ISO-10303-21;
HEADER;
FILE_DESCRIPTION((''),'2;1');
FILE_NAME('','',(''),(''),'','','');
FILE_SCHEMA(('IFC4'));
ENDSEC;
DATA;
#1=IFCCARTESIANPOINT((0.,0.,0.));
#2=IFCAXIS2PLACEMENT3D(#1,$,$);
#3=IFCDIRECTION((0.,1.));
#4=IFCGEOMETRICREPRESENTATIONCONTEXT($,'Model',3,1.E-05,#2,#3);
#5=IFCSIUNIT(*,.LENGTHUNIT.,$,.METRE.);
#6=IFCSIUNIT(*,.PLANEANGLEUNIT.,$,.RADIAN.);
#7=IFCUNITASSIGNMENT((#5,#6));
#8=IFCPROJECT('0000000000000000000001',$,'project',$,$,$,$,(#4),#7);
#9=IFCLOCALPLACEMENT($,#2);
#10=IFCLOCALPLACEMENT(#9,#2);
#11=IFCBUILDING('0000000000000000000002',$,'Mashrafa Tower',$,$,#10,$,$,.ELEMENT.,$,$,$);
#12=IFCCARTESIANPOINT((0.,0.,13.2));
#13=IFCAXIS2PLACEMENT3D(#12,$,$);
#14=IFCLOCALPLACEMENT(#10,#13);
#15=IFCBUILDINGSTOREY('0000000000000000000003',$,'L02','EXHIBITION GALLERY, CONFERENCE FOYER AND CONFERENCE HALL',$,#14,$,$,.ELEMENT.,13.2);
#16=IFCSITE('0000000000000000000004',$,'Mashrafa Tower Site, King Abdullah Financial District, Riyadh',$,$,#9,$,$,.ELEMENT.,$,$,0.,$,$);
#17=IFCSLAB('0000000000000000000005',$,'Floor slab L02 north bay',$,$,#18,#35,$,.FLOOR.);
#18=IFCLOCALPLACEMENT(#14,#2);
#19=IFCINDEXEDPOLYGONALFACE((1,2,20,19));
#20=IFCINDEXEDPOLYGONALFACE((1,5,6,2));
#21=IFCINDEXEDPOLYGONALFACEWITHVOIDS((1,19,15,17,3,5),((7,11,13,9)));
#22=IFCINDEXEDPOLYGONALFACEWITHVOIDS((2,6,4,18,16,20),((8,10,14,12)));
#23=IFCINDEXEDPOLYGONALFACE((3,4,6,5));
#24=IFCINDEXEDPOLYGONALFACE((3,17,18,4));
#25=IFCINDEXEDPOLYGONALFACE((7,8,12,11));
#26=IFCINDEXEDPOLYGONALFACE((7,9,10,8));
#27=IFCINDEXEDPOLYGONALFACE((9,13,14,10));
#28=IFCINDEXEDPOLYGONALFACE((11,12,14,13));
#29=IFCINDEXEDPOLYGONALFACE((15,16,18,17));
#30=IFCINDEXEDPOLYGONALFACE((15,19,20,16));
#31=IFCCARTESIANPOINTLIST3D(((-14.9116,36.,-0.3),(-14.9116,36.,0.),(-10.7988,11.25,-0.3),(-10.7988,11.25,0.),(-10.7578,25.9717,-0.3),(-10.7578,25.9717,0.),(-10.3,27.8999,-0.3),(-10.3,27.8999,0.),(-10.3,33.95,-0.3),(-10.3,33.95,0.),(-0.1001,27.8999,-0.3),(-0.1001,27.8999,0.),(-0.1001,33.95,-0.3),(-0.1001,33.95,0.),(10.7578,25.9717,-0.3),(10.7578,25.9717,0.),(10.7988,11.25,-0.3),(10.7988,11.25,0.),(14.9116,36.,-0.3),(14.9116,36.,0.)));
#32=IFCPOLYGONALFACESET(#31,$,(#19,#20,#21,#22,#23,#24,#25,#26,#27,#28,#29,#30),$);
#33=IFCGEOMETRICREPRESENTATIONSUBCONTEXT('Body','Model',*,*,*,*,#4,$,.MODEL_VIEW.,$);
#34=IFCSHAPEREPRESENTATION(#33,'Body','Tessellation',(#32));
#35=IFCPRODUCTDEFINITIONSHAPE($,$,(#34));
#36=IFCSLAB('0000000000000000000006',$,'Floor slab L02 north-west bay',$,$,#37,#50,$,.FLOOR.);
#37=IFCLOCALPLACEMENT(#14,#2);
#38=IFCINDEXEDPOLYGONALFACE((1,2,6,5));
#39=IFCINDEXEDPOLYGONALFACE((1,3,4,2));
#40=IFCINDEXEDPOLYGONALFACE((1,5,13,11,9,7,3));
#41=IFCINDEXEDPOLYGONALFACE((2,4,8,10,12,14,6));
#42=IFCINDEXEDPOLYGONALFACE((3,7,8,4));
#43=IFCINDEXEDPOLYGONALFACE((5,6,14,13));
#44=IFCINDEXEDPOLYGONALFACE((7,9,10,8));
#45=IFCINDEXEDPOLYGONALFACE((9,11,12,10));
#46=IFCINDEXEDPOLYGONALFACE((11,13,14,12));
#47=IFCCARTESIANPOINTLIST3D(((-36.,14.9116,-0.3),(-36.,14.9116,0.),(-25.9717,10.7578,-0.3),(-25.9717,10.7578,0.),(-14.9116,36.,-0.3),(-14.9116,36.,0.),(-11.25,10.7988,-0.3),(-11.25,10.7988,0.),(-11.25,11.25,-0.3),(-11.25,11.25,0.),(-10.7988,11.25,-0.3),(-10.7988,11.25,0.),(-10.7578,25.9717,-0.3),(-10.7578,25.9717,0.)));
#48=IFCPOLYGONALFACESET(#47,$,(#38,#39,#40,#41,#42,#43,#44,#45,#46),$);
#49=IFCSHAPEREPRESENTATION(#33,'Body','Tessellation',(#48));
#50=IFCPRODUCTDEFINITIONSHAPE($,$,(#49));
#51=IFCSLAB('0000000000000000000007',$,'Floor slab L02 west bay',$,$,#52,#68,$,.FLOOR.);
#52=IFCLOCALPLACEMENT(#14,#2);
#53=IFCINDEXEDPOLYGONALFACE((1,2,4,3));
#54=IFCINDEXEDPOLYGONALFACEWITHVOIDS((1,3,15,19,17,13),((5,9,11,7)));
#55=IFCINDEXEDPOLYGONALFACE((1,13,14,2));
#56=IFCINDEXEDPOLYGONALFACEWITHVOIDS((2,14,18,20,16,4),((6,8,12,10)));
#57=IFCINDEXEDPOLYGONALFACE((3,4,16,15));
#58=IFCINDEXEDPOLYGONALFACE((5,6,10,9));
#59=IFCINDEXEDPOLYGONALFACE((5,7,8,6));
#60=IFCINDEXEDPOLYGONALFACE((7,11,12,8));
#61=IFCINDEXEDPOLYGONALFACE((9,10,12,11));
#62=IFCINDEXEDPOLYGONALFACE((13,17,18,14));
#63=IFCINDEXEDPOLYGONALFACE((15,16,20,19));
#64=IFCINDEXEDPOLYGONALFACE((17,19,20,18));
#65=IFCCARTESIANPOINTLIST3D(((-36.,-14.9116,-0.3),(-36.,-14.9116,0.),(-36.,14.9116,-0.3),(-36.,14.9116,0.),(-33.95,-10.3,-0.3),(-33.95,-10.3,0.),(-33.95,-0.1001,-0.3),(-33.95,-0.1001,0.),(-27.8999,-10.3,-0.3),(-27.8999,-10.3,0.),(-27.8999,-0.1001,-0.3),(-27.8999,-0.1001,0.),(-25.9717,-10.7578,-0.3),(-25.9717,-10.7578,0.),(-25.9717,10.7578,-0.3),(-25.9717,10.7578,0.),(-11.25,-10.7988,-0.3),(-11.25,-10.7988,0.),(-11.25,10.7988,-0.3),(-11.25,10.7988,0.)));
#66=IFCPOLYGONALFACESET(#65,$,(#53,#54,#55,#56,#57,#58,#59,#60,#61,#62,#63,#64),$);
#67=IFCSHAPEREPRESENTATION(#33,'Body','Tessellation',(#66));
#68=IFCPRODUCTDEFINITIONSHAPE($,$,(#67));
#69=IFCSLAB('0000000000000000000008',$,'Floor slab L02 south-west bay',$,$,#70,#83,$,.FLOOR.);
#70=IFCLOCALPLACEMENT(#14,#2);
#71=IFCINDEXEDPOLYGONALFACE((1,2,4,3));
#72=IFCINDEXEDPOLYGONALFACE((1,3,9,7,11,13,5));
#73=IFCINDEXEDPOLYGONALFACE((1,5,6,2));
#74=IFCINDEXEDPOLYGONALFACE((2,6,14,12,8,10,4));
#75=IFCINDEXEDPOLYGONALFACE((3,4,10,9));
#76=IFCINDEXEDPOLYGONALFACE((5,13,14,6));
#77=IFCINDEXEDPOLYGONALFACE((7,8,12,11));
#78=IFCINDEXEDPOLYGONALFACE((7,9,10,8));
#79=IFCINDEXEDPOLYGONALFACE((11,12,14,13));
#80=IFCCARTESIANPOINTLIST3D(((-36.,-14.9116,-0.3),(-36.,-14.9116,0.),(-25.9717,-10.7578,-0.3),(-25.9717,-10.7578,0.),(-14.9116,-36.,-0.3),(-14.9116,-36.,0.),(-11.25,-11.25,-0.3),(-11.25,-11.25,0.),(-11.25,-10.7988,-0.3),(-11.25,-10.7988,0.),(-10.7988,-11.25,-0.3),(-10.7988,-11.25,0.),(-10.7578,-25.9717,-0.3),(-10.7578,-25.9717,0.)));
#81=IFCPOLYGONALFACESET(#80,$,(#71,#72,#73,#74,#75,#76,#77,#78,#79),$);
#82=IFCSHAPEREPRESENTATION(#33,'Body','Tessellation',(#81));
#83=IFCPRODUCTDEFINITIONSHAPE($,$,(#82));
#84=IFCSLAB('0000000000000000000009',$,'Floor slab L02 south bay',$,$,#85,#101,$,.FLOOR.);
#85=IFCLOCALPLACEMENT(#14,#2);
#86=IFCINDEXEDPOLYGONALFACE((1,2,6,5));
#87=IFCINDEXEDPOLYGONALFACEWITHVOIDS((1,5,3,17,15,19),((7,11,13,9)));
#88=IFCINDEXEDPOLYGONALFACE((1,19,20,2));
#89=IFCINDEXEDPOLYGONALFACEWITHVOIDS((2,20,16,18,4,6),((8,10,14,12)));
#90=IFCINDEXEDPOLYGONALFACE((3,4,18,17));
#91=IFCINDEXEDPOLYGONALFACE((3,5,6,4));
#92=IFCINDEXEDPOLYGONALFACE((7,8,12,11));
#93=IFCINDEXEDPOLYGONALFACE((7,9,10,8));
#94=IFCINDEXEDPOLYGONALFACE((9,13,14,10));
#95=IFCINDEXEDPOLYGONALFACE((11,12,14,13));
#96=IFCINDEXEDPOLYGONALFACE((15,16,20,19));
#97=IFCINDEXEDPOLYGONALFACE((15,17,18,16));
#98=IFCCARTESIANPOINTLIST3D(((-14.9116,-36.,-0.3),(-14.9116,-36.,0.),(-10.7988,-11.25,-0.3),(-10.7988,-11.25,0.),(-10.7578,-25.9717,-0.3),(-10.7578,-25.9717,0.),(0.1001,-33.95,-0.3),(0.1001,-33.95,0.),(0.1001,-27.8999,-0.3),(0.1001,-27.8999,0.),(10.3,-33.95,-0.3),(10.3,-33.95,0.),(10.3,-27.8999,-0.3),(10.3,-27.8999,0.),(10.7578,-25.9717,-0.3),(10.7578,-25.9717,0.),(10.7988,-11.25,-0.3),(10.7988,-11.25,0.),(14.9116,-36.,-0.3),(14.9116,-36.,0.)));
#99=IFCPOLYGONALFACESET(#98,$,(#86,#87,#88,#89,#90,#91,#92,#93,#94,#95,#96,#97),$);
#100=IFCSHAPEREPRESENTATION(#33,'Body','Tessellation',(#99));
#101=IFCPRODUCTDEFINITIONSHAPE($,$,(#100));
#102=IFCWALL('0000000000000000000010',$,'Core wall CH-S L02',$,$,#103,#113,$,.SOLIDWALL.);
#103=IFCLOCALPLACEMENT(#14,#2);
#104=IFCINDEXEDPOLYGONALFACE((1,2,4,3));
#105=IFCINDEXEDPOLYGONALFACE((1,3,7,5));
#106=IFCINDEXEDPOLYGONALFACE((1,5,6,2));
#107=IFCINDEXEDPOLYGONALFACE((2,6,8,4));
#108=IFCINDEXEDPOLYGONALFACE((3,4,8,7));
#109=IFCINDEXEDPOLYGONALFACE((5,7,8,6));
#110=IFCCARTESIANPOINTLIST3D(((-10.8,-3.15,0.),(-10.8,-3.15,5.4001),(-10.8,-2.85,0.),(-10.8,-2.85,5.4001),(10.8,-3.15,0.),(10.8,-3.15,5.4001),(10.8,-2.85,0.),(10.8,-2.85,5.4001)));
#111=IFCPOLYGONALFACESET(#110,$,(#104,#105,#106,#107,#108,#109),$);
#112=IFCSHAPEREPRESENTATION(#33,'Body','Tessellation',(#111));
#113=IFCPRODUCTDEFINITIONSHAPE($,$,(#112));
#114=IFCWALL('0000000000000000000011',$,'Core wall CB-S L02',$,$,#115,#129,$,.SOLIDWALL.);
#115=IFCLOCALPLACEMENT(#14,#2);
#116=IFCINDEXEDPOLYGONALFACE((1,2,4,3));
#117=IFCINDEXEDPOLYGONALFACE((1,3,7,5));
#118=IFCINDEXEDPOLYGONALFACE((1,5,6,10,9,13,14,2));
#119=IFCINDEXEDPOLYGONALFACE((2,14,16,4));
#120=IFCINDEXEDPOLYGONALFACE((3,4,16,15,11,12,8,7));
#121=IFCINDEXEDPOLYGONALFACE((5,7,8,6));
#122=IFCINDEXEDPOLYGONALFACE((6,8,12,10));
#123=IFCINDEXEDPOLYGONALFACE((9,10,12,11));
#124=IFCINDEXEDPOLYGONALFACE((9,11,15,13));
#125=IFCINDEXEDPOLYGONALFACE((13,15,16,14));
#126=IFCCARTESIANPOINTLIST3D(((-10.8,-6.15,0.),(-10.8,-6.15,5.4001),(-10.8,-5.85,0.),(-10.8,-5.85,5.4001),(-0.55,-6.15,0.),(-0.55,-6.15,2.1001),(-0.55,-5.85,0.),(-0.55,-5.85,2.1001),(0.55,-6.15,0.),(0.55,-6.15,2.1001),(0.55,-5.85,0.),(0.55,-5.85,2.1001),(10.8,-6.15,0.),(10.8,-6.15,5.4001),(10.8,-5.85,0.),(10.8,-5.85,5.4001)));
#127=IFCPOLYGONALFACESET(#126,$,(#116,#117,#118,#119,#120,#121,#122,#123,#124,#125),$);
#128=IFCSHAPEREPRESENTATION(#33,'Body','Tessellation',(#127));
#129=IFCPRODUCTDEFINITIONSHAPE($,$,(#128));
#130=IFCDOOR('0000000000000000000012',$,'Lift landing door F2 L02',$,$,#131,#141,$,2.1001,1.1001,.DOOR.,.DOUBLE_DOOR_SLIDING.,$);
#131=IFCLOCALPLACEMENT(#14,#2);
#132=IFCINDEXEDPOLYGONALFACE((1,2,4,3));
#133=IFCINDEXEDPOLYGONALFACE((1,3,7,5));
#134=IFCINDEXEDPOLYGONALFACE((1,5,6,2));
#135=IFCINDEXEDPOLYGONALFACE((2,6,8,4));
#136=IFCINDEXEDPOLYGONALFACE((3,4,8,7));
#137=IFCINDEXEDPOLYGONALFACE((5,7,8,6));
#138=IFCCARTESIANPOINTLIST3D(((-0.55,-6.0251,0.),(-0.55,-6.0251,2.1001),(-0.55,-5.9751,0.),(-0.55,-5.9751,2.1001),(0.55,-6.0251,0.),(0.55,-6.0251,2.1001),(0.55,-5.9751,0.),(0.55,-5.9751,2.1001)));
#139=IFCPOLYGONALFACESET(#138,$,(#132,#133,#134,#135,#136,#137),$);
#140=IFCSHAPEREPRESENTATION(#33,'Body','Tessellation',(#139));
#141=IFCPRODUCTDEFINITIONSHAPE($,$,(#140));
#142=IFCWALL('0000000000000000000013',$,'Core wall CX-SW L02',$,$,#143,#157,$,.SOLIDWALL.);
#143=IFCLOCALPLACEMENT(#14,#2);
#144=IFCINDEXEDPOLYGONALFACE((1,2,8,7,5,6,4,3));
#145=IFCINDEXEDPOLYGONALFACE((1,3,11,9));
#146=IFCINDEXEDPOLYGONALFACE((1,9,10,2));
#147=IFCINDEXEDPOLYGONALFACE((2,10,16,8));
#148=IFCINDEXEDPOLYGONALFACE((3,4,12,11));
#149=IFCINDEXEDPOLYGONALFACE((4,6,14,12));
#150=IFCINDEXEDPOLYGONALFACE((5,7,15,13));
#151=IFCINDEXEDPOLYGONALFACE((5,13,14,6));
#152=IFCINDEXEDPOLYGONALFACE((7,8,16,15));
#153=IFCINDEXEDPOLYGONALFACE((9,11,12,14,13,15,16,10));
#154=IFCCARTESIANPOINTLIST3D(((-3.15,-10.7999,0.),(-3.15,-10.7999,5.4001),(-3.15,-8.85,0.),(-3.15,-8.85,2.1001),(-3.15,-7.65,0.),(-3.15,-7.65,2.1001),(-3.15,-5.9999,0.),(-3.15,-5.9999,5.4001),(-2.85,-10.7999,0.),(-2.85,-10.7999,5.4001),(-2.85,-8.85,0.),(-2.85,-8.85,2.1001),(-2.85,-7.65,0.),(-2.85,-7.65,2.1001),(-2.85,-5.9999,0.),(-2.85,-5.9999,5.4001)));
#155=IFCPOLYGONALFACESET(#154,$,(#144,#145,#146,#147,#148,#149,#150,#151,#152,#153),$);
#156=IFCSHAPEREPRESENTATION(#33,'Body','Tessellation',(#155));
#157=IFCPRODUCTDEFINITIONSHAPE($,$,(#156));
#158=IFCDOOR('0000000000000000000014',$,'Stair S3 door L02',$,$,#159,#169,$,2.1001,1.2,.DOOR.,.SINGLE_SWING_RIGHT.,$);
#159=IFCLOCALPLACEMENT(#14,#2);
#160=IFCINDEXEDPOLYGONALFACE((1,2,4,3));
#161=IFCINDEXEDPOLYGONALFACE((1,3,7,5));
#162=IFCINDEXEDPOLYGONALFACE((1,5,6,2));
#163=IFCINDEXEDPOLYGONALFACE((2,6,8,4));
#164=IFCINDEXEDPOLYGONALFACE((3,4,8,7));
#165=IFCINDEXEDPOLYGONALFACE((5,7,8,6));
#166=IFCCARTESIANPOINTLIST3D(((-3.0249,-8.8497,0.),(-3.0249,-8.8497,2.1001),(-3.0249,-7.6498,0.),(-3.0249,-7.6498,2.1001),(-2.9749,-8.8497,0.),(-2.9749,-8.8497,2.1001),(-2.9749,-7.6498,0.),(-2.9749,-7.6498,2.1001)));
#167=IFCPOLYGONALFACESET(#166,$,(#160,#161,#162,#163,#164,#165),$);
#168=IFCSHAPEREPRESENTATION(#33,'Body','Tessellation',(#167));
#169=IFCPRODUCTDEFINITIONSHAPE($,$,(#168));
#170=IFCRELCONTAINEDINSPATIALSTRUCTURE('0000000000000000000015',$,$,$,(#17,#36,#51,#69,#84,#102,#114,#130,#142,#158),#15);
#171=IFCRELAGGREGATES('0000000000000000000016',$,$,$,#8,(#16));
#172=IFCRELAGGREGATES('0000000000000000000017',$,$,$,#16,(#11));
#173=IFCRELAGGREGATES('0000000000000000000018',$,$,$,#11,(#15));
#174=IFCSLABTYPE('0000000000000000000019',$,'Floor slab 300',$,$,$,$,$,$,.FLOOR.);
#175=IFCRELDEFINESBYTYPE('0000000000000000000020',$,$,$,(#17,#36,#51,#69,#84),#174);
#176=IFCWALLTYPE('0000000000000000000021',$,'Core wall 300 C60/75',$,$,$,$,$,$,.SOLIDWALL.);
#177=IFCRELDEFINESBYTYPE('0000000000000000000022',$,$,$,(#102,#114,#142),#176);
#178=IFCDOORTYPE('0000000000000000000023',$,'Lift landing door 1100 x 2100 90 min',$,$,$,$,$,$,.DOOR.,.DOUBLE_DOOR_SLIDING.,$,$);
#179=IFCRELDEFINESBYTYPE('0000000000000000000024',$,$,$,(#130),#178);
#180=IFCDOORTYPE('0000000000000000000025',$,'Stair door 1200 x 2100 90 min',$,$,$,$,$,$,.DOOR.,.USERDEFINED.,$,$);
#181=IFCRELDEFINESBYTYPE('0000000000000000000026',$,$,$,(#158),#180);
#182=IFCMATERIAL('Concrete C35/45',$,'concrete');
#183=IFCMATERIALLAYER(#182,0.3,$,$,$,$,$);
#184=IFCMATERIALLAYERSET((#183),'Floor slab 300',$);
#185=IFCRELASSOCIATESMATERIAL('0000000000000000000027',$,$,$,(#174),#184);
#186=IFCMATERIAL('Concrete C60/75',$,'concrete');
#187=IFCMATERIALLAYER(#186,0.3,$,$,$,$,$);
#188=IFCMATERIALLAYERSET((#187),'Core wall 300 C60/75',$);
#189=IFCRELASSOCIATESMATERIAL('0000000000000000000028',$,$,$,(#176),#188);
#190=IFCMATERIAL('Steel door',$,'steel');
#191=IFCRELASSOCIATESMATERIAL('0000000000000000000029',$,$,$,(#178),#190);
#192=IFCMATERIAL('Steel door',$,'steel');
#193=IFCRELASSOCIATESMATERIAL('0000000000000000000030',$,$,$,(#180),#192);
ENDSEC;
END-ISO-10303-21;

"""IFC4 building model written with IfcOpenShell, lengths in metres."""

from ifc_helpers import new_model, si_unit, direction, frame, frame_2d, origin, place, context, subcontext, project, spatial, polyline, rectangle, outline, extrude, material, layer, layer_set, type_object, element, fill, save


model = new_model("IFC4")

# Units and contexts
model_context = context("Model", 3, precision=1e-05, world=origin(), true_north=direction((0.0, 1.0)))
body_context = subcontext(model_context, "Body", "Model", "MODEL_VIEW")
ifc_project = project(units=[si_unit("LENGTHUNIT", "METRE"), si_unit("PLANEANGLEUNIT", "RADIAN")], contexts=[model_context])

# Site, building, storey
site_placement = place(None, origin())
site = spatial("IfcSite", under=ifc_project, at=site_placement, Name="Mashrafa Tower Site, King Abdullah Financial District, Riyadh", CompositionType="ELEMENT", RefElevation=0.0)
building_placement = place(site_placement, origin())
building = spatial("IfcBuilding", under=site, at=building_placement, Name="Mashrafa Tower", CompositionType="ELEMENT")
storey_placement = place(building_placement, frame((0.0, 0.0, 13.2)))
storey = spatial("IfcBuildingStorey", under=building, at=storey_placement, Name="L02", Description="EXHIBITION GALLERY, CONFERENCE FOYER AND CONFERENCE HALL", CompositionType="ELEMENT", Elevation=13.2)

# Slabs
ifc_material_1 = material(Name="Concrete C35/45", Category="concrete")
ifc_layer_1 = layer(ifc_material_1, 0.3)
ifc_layer_set_1 = layer_set([ifc_layer_1], Name="Floor slab 300")
slab_type = type_object("IfcSlabType", Name="Floor slab 300", PredefinedType="FLOOR", material=ifc_layer_set_1)
slab_1_placement = place(storey_placement, frame((0.0, 0.0, -0.3)))
element("IfcSlab", 1, at=slab_1_placement, inside=storey, type_object=slab_type, Name="Floor slab L02 north bay", PredefinedType="FLOOR", context=body_context, shape_type="SweptSolid", body=[
    extrude(outline(polyline([(-14.9116, 36.0), (14.9116, 36.0), (14.9116, 36.0), (10.7578, 25.9717), (10.7988, 11.25), (-10.7988, 11.25), (-10.7578, 25.9717), (-14.9116, 36.0), (-14.9116, 36.0)]), holes=[polyline([(-0.1001, 27.8999), (-0.1001, 33.95), (-10.3, 33.95), (-10.3, 27.8999), (-0.1001, 27.8999)])]), origin(), (0.0, 0.0, 1.0), 0.3),
])
slab_2_placement = place(storey_placement, frame((0.0, 0.0, -0.3)))
element("IfcSlab", 2, at=slab_2_placement, inside=storey, type_object=slab_type, Name="Floor slab L02 north-west bay", PredefinedType="FLOOR", context=body_context, shape_type="SweptSolid", body=[
    extrude(outline(polyline([(-14.9116, 36.0), (-10.7578, 25.9717), (-10.7988, 11.25), (-11.25, 11.25), (-11.25, 10.7988), (-25.9717, 10.7578), (-36.0, 14.9116), (-14.9116, 36.0)])), origin(), (0.0, 0.0, 1.0), 0.3),
])
slab_3_placement = place(storey_placement, frame((0.0, 0.0, -0.3)))
element("IfcSlab", 3, at=slab_3_placement, inside=storey, type_object=slab_type, Name="Floor slab L02 west bay", PredefinedType="FLOOR", context=body_context, shape_type="SweptSolid", body=[
    extrude(outline(polyline([(-36.0, -14.9116), (-36.0, 14.9116), (-36.0, 14.9116), (-25.9717, 10.7578), (-11.25, 10.7988), (-11.25, -10.7988), (-25.9717, -10.7578), (-36.0, -14.9116), (-36.0, -14.9116)]), holes=[polyline([(-27.8999, -10.3), (-27.8999, -0.1001), (-33.95, -0.1001), (-33.95, -10.3), (-27.8999, -10.3)])]), origin(), (0.0, 0.0, 1.0), 0.3),
])
slab_4_placement = place(storey_placement, frame((0.0, 0.0, -0.3)))
element("IfcSlab", 4, at=slab_4_placement, inside=storey, type_object=slab_type, Name="Floor slab L02 south-west bay", PredefinedType="FLOOR", context=body_context, shape_type="SweptSolid", body=[
    extrude(outline(polyline([(-36.0, -14.9116), (-25.9717, -10.7578), (-11.25, -10.7988), (-11.25, -11.25), (-10.7988, -11.25), (-10.7578, -25.9717), (-14.9116, -36.0), (-36.0, -14.9116)])), origin(), (0.0, 0.0, 1.0), 0.3),
])
slab_5_placement = place(storey_placement, frame((0.0, 0.0, -0.3)))
element("IfcSlab", 5, at=slab_5_placement, inside=storey, type_object=slab_type, Name="Floor slab L02 south bay", PredefinedType="FLOOR", context=body_context, shape_type="SweptSolid", body=[
    extrude(outline(polyline([(-14.9116, -36.0), (-14.9116, -36.0), (-10.7578, -25.9717), (-10.7988, -11.25), (10.7988, -11.25), (10.7578, -25.9717), (14.9116, -36.0), (14.9116, -36.0), (-14.9116, -36.0)]), holes=[polyline([(10.3, -33.95), (10.3, -27.8999), (0.1001, -27.8999), (0.1001, -33.95), (10.3, -33.95)])]), origin(), (0.0, 0.0, 1.0), 0.3),
])

# Wall
ifc_material_2 = material(Name="Concrete C60/75", Category="concrete")
ifc_layer_2 = layer(ifc_material_2, 0.3)
ifc_layer_set_2 = layer_set([ifc_layer_2], Name="Core wall 300 C60/75")
wall_type_1 = type_object("IfcWallType", Name="Core wall 300 C60/75", PredefinedType="SOLIDWALL", material=ifc_layer_set_2)
wall_1_placement = place(storey_placement, frame((-10.8, -3.0, 0.0), z_axis=(0.0, 0.0, 1.0), x_axis=(1.0, 0.0, 0.0)))
element("IfcWall", 6, at=wall_1_placement, inside=storey, type_object=wall_type_1, Name="Core wall CH-S L02", PredefinedType="SOLIDWALL", context=body_context, shape_type="SweptSolid", body=[
    extrude(rectangle(XDim=21.6001, YDim=0.3, at=frame_2d((10.8, 0.0))), origin(), (0.0, 0.0, 1.0), 5.4001),
])

# Walls, openings, doors
wall_2_placement = place(storey_placement, frame((-10.8, -6.0, 0.0), z_axis=(0.0, 0.0, 1.0), x_axis=(1.0, 0.0, 0.0)))
wall_2 = element("IfcWall", 7, at=wall_2_placement, inside=storey, type_object=wall_type_1, Name="Core wall CB-S L02", PredefinedType="SOLIDWALL", context=body_context, shape_type="SweptSolid", body=[
    extrude(rectangle(XDim=21.6001, YDim=0.3, at=frame_2d((10.8, 0.0))), origin(), (0.0, 0.0, 1.0), 5.4001),
])
opening_1_placement = place(wall_2_placement, frame((10.25, 0.0, 0.0)))
opening_1 = element("IfcOpeningElement", 8, at=opening_1_placement, cuts=wall_2, PredefinedType="OPENING", context=body_context, shape_type="SweptSolid", body=[
    extrude(rectangle(XDim=1.1001, YDim=2.1001, at=frame_2d((0.55, 1.05))), frame((0.0, 0.1599, 0.0), z_axis=(0.0, -1.0, 0.0), x_axis=(1.0, 0.0, 0.0)), (0.0, 0.0, 1.0), 0.3201),
])
ifc_material_3 = material(Name="Steel door", Category="steel")
door_type_1 = type_object("IfcDoorType", Name="Lift landing door 1100 x 2100 90 min", OperationType="DOUBLE_DOOR_SLIDING", PredefinedType="DOOR", material=ifc_material_3)
door_1_placement = place(opening_1_placement, origin())
door_1 = element("IfcDoor", 9, at=door_1_placement, inside=storey, type_object=door_type_1, Name="Lift landing door F2 L02", OperationType="DOUBLE_DOOR_SLIDING", OverallHeight=2.1001, OverallWidth=1.1001, PredefinedType="DOOR", context=body_context, shape_type="SweptSolid", body=[
    extrude(rectangle(XDim=1.1001, YDim=2.1001, at=frame_2d((0.55, 1.05))), frame((0.0, 0.0249, 0.0), z_axis=(0.0, -1.0, 0.0), x_axis=(1.0, 0.0, 0.0)), (0.0, 0.0, 1.0), 0.05),
])
fill(opening_1, door_1)
wall_3_placement = place(storey_placement, frame((-3.0, -6.0, 0.0), z_axis=(0.0, 0.0, 1.0), x_axis=(0.0, -1.0, 0.0)))
wall_3 = element("IfcWall", 10, at=wall_3_placement, inside=storey, type_object=wall_type_1, Name="Core wall CX-SW L02", PredefinedType="SOLIDWALL", context=body_context, shape_type="SweptSolid", body=[
    extrude(rectangle(XDim=4.8, YDim=0.3, at=frame_2d((2.3999, 0.0))), origin(), (0.0, 0.0, 1.0), 5.4001),
])
opening_2_placement = place(wall_3_placement, frame((1.6499, 0.0, 0.0)))
opening_2 = element("IfcOpeningElement", 11, at=opening_2_placement, cuts=wall_3, PredefinedType="OPENING", context=body_context, shape_type="SweptSolid", body=[
    extrude(rectangle(XDim=1.2, YDim=2.1001, at=frame_2d((0.6001, 1.05))), frame((0.0, 0.1599, 0.0), z_axis=(0.0, -1.0, 0.0), x_axis=(1.0, 0.0, 0.0)), (0.0, 0.0, 1.0), 0.3201),
])
ifc_material_4 = material(Name="Steel door", Category="steel")
door_type_2 = type_object("IfcDoorType", Name="Stair door 1200 x 2100 90 min", OperationType="USERDEFINED", PredefinedType="DOOR", material=ifc_material_4)
door_2_placement = place(opening_2_placement, frame((1.2, 0.0, 0.0), z_axis=(0.0, 0.0, 1.0), x_axis=(-1.0, 0.0, 0.0)))
door_2 = element("IfcDoor", 12, at=door_2_placement, inside=storey, type_object=door_type_2, Name="Stair S3 door L02", OperationType="SINGLE_SWING_RIGHT", OverallHeight=2.1001, OverallWidth=1.2, PredefinedType="DOOR", context=body_context, shape_type="SweptSolid", body=[
    extrude(rectangle(XDim=1.2, YDim=2.1001, at=frame_2d((0.6001, 1.05))), frame((0.0, 0.0249, 0.0), z_axis=(0.0, -1.0, 0.0), x_axis=(1.0, 0.0, 0.0)), (0.0, 0.0, 1.0), 0.05),
])
fill(opening_2, door_2)

save(model, "model.ifc")
